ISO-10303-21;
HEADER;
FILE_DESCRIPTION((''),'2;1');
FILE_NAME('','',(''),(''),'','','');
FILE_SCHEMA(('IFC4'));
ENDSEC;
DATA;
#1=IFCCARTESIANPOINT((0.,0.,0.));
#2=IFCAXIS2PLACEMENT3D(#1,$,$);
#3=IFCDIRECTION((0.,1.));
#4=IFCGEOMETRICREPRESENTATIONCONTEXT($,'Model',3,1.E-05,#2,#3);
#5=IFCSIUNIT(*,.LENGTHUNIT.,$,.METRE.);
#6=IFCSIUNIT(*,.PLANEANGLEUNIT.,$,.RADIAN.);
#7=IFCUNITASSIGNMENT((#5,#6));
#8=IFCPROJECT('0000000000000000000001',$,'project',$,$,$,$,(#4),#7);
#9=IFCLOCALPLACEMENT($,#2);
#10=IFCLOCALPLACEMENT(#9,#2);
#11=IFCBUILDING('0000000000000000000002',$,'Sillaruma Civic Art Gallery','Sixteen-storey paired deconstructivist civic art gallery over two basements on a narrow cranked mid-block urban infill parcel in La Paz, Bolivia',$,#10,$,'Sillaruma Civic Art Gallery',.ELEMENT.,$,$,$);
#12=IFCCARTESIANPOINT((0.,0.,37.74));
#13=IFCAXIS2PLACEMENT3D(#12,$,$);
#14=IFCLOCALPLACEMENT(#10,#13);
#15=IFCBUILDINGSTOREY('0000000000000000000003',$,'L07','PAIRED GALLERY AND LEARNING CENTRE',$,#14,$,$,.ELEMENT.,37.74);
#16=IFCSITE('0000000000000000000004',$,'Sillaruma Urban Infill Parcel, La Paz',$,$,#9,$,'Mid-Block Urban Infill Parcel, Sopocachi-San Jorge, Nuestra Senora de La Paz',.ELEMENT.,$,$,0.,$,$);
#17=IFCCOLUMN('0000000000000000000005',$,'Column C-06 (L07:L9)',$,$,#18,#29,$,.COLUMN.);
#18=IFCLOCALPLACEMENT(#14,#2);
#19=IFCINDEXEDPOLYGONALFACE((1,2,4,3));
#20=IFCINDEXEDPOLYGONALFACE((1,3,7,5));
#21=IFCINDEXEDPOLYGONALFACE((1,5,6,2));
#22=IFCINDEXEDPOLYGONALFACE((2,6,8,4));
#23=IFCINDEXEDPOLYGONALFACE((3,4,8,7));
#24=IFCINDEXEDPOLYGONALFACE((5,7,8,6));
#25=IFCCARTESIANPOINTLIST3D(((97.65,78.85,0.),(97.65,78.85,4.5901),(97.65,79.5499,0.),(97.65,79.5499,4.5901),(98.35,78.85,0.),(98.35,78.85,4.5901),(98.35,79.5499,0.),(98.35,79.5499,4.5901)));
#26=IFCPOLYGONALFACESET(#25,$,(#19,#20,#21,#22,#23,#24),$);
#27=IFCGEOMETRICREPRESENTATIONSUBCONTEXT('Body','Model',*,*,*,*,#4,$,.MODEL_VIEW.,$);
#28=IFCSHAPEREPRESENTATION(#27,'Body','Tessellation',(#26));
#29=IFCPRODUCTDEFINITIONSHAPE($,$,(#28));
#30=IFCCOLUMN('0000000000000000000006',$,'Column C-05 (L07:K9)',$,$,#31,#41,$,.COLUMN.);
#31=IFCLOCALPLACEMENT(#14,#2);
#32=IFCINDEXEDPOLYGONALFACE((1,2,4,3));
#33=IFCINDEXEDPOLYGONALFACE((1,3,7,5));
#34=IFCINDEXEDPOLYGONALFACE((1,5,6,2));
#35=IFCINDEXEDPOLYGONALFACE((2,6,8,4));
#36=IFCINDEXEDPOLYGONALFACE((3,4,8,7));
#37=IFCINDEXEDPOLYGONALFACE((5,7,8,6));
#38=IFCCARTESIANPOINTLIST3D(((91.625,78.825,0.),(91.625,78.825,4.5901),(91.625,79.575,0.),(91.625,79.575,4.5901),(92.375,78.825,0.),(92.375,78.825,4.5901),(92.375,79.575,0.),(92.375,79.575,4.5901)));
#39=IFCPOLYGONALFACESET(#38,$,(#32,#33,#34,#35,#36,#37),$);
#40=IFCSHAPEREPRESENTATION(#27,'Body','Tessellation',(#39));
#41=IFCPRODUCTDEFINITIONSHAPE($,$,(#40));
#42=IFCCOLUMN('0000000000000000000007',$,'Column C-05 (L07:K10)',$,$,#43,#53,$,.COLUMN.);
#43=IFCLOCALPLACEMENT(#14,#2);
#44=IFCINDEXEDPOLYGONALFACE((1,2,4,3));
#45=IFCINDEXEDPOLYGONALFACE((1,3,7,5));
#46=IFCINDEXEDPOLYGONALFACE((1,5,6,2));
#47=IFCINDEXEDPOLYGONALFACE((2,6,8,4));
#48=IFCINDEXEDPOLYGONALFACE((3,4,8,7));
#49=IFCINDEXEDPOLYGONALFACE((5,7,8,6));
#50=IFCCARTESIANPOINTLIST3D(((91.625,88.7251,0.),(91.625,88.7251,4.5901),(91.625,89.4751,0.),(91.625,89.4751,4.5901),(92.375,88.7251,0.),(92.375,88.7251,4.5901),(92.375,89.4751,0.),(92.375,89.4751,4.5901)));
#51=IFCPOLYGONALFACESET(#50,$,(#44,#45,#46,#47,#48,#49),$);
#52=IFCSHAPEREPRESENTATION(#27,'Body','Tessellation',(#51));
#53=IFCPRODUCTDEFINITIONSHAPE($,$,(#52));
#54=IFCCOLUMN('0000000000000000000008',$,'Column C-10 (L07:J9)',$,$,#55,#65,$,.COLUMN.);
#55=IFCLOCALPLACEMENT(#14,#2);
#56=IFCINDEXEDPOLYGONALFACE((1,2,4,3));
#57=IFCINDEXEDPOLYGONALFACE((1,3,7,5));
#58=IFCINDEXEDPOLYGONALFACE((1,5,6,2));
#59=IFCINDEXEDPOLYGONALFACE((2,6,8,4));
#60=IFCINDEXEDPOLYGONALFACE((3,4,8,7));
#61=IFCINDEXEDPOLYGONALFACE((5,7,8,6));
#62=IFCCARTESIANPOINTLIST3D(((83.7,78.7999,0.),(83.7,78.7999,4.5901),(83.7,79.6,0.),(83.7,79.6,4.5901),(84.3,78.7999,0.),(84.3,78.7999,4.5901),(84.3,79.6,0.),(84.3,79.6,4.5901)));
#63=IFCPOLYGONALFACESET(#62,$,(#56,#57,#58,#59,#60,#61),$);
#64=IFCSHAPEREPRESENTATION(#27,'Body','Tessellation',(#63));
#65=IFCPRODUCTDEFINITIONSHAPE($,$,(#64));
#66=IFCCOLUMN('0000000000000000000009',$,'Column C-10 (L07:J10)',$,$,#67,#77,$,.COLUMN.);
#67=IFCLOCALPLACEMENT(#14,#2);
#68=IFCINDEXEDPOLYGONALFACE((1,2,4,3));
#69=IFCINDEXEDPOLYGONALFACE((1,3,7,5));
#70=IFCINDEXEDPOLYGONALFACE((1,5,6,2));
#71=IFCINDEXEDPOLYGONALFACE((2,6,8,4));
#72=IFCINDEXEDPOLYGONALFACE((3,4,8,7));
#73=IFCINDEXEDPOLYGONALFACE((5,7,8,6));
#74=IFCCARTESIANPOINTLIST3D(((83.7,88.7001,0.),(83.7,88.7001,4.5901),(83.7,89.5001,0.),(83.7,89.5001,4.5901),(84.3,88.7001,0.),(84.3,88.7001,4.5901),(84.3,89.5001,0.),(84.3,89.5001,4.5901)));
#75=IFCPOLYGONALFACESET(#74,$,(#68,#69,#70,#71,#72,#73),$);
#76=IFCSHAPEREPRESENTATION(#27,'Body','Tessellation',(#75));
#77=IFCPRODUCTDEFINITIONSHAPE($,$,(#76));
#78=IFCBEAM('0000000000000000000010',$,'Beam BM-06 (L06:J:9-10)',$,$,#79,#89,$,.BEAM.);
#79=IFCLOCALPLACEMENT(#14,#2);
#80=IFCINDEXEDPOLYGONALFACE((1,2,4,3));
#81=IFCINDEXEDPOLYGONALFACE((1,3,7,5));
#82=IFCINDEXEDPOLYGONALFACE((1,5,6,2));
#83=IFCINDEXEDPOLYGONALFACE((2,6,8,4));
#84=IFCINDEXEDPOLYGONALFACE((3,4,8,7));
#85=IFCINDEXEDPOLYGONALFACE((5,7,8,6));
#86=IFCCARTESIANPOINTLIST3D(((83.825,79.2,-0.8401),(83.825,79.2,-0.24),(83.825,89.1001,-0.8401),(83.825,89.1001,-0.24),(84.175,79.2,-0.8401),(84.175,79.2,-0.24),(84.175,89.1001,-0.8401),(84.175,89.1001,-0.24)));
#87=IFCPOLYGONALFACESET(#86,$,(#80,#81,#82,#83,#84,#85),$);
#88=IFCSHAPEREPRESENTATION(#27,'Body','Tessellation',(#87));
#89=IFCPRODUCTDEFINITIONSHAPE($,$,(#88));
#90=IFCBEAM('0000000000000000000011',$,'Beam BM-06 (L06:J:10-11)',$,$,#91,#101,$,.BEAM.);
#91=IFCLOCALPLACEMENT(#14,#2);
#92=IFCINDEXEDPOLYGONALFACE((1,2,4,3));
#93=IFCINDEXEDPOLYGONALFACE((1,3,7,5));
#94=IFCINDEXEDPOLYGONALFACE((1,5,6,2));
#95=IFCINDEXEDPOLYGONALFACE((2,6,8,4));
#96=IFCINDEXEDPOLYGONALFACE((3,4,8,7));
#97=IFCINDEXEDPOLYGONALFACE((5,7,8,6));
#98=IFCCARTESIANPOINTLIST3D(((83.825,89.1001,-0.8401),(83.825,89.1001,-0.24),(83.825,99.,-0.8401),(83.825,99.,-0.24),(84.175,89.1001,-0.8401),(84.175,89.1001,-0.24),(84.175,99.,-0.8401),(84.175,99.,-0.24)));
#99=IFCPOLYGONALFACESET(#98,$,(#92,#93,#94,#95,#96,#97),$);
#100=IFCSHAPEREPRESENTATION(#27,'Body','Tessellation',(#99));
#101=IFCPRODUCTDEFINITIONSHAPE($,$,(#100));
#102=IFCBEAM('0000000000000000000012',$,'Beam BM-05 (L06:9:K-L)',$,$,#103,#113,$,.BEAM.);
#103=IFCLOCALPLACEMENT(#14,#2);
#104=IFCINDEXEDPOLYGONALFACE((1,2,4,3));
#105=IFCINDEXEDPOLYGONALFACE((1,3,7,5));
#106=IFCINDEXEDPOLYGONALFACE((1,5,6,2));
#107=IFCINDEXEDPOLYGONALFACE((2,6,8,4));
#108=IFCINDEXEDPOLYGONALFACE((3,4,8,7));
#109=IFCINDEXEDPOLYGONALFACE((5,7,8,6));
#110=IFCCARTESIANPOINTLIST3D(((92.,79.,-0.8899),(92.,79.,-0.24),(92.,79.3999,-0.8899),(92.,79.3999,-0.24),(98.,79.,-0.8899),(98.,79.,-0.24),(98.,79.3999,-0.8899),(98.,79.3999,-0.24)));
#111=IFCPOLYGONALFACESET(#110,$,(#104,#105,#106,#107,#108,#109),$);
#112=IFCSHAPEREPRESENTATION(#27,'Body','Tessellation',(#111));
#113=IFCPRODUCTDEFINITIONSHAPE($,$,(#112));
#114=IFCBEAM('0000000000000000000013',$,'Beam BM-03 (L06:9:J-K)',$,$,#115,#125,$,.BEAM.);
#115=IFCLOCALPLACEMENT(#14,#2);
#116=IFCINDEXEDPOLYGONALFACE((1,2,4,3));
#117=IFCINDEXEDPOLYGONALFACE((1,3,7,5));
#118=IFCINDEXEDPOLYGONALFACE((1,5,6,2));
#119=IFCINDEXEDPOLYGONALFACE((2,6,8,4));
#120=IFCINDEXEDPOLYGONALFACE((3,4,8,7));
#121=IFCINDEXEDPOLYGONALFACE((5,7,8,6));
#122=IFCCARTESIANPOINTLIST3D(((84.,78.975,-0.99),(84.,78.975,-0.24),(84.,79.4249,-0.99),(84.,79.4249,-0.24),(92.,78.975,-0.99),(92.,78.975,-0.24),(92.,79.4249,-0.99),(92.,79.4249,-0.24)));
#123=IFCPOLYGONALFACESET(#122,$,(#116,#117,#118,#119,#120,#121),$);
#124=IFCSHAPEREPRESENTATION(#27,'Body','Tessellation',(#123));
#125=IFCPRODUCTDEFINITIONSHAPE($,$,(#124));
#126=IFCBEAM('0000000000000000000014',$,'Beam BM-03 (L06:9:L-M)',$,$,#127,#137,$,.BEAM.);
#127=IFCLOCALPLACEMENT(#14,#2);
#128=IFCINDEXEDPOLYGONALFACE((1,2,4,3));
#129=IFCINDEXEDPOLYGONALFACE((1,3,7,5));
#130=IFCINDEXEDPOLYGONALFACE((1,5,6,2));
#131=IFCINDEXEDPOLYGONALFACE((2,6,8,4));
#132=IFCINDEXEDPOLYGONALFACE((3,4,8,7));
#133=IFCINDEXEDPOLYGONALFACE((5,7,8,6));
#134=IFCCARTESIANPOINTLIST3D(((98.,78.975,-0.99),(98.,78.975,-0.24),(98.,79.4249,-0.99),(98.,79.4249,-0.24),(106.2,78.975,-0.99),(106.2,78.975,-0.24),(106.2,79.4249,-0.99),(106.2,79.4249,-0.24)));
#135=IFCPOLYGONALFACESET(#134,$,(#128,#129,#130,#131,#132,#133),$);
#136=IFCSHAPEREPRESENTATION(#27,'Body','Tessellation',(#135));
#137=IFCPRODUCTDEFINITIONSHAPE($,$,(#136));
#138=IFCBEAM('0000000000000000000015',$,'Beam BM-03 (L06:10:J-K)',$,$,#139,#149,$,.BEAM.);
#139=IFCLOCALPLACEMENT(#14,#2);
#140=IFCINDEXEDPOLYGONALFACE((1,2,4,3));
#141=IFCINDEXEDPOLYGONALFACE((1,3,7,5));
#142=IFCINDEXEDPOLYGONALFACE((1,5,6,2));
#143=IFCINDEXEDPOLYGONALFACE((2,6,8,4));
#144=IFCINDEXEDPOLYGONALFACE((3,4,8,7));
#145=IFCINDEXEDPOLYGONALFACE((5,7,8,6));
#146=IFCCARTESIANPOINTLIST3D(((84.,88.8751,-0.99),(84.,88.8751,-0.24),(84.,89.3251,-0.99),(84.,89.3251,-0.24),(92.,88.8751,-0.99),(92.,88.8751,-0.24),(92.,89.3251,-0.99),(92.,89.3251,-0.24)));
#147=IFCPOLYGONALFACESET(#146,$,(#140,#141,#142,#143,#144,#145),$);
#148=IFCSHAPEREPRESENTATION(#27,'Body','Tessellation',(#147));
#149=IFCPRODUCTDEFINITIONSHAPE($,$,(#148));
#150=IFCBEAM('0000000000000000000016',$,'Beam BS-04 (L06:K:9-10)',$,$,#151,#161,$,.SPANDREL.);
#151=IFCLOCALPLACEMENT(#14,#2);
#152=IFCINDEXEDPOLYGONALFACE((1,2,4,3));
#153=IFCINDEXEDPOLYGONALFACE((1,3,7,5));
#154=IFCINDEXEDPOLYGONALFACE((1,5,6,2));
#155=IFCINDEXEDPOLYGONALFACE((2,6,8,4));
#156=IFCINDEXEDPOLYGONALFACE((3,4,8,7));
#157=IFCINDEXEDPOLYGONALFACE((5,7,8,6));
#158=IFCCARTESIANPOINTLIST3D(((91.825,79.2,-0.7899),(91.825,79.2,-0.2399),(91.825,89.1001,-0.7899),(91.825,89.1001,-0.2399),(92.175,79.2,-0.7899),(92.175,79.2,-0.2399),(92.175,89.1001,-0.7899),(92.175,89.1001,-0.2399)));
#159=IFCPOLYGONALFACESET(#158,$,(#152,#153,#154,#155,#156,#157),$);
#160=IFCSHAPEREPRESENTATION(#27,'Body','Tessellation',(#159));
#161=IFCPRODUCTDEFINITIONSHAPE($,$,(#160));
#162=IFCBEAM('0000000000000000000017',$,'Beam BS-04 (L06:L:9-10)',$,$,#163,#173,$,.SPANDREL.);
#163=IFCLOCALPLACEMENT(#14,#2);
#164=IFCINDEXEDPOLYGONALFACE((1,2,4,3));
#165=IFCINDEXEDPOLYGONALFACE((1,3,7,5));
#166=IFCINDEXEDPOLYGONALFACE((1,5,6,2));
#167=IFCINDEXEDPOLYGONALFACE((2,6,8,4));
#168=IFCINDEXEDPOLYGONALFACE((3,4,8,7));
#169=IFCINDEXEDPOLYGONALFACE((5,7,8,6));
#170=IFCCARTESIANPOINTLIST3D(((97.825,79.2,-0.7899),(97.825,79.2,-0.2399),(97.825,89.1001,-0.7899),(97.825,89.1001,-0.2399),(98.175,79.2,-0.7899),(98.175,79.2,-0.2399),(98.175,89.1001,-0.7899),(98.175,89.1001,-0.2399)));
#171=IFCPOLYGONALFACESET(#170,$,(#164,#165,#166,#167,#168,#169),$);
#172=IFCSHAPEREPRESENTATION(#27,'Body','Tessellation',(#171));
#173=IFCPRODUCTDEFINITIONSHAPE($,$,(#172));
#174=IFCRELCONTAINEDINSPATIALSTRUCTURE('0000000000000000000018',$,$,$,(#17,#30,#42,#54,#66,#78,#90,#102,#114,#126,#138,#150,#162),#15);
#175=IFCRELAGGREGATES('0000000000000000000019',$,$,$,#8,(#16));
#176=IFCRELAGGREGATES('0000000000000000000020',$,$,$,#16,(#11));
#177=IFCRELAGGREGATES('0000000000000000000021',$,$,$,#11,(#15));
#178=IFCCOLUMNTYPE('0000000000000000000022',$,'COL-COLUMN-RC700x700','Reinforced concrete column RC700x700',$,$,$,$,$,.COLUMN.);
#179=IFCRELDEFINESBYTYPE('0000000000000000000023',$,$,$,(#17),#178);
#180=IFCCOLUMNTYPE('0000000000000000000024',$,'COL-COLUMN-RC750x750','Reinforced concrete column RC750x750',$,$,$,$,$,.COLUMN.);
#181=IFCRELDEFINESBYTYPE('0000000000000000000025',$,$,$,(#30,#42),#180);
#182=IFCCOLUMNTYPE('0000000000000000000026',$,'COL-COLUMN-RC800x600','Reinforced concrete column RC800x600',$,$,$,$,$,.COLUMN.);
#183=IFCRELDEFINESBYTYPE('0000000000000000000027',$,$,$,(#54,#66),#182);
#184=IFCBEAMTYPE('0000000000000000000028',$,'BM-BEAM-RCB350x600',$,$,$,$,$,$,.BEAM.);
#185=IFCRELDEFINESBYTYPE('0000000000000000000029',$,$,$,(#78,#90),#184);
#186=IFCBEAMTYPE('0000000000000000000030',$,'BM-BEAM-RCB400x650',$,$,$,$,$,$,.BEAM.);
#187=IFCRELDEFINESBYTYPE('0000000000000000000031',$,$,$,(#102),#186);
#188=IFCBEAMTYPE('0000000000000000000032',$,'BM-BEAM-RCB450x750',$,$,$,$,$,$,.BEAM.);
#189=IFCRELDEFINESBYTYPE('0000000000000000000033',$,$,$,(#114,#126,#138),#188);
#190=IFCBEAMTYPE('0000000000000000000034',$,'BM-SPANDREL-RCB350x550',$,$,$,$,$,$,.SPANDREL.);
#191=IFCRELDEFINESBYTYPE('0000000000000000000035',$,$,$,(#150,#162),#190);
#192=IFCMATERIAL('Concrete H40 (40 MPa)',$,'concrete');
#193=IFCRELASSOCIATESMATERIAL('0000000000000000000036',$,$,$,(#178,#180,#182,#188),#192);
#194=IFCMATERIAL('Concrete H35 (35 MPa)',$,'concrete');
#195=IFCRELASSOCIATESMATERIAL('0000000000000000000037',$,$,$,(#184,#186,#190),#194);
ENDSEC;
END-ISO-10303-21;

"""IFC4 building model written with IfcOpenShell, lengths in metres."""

from ifc_helpers import new_model, si_unit, direction, frame, origin, origin_2d, place, context, subcontext, project, spatial, rectangle, extrude, material, material_profile, profile_set, type_object, element, save


model = new_model("IFC4")

# Units and contexts
model_context = context("Model", 3, precision=1e-05, world=origin(), true_north=direction((0.0, 1.0)))
body_context = subcontext(model_context, "Body", "Model", "MODEL_VIEW")
ifc_project = project(units=[si_unit("LENGTHUNIT", "METRE"), si_unit("PLANEANGLEUNIT", "RADIAN")], contexts=[model_context])

# Site, building, storey
site_placement = place(None, origin())
site = spatial("IfcSite", under=ifc_project, at=site_placement, Name="Sillaruma Urban Infill Parcel, La Paz", LongName="Mid-Block Urban Infill Parcel, Sopocachi-San Jorge, Nuestra Senora de La Paz", CompositionType="ELEMENT", RefElevation=0.0)
building_placement = place(site_placement, origin())
building = spatial("IfcBuilding", under=site, at=building_placement, Name="Sillaruma Civic Art Gallery", Description="Sixteen-storey paired deconstructivist civic art gallery over two basements on a narrow cranked mid-block urban infill parcel in La Paz, Bolivia", LongName="Sillaruma Civic Art Gallery", CompositionType="ELEMENT")
storey_placement = place(building_placement, frame((0.0, 0.0, 37.74)))
storey = spatial("IfcBuildingStorey", under=building, at=storey_placement, Name="L07", Description="PAIRED GALLERY AND LEARNING CENTRE", CompositionType="ELEMENT", Elevation=37.74)

# Columns
ifc_material_1 = material(Name="Concrete H40 (40 MPa)", Category="concrete")
ifc_material_profile_1 = material_profile(ifc_material_1, rectangle(XDim=0.7, YDim=0.7, at=origin_2d()), Name="RC700x700")
ifc_profile_set_1 = profile_set([ifc_material_profile_1], Name="Concrete H40 (40 MPa)")
column_type_1 = type_object("IfcColumnType", Name="COL-COLUMN-RC700x700", Description="Reinforced concrete column RC700x700", PredefinedType="COLUMN", material=ifc_profile_set_1)
column_placement = place(storey_placement, frame((98.0, 79.2, 0.0), z_axis=(0.0, 0.0, 1.0), x_axis=(1.0, 0.0, 0.0)))
element("IfcColumn", 1, at=column_placement, inside=storey, type_object=column_type_1, Name="Column C-06 (L07:L9)", PredefinedType="COLUMN", context=body_context, shape_type="SweptSolid", body=[
    extrude(rectangle(XDim=0.7, YDim=0.7, at=origin_2d()), origin(), (0.0, 0.0, 1.0), 4.5901),
])
ifc_material_profile_2 = material_profile(ifc_material_1, rectangle(XDim=0.75, YDim=0.75, at=origin_2d()), Name="RC750x750")
ifc_profile_set_2 = profile_set([ifc_material_profile_2], Name="Concrete H40 (40 MPa)")
column_type_2 = type_object("IfcColumnType", Name="COL-COLUMN-RC750x750", Description="Reinforced concrete column RC750x750", PredefinedType="COLUMN", material=ifc_profile_set_2)
for number, where, z_axis, x_axis, name in (
    (2, (92.0, 79.2, 0.0), (0.0, 0.0, 1.0), (1.0, 0.0, 0.0), "Column C-05 (L07:K9)"),
    (3, (92.0, 89.1001, 0.0), (0.0, 0.0, 1.0), (1.0, 0.0, 0.0), "Column C-05 (L07:K10)"),
):
    element("IfcColumn", number, at=place(storey_placement, frame(where, z_axis=z_axis, x_axis=x_axis)), inside=storey, type_object=column_type_2, Name=name, PredefinedType="COLUMN", context=body_context, shape_type="SweptSolid", body=[
        extrude(rectangle(XDim=0.75, YDim=0.75, at=origin_2d()), origin(), (0.0, 0.0, 1.0), 4.5901),
    ])
ifc_material_profile_3 = material_profile(ifc_material_1, rectangle(XDim=0.6001, YDim=0.8, at=origin_2d()), Name="RC800x600")
ifc_profile_set_3 = profile_set([ifc_material_profile_3], Name="Concrete H40 (40 MPa)")
column_type_3 = type_object("IfcColumnType", Name="COL-COLUMN-RC800x600", Description="Reinforced concrete column RC800x600", PredefinedType="COLUMN", material=ifc_profile_set_3)
for number, where, z_axis, x_axis, name in (
    (4, (84.0, 79.2, 0.0), (0.0, 0.0, 1.0), (1.0, 0.0, 0.0), "Column C-10 (L07:J9)"),
    (5, (84.0, 89.1001, 0.0), (0.0, 0.0, 1.0), (1.0, 0.0, 0.0), "Column C-10 (L07:J10)"),
):
    element("IfcColumn", number, at=place(storey_placement, frame(where, z_axis=z_axis, x_axis=x_axis)), inside=storey, type_object=column_type_3, Name=name, PredefinedType="COLUMN", context=body_context, shape_type="SweptSolid", body=[
        extrude(rectangle(XDim=0.6001, YDim=0.8, at=origin_2d()), origin(), (0.0, 0.0, 1.0), 4.5901),
    ])

# Beams
ifc_material_2 = material(Name="Concrete H35 (35 MPa)", Category="concrete")
ifc_material_profile_4 = material_profile(ifc_material_2, rectangle(XDim=0.3501, YDim=0.6001, at=origin_2d()), Name="RCB350x600")
ifc_profile_set_4 = profile_set([ifc_material_profile_4], Name="Concrete H35 (35 MPa)")
beam_type_1 = type_object("IfcBeamType", Name="BM-BEAM-RCB350x600", PredefinedType="BEAM", material=ifc_profile_set_4)
beam_1_placement = place(storey_placement, frame((84.0, 79.2, -0.54), z_axis=(0.0, 1.0, 0.0), x_axis=(-1.0, 0.0, 0.0)))
element("IfcBeam", 6, at=beam_1_placement, inside=storey, type_object=beam_type_1, Name="Beam BM-06 (L06:J:9-10)", PredefinedType="BEAM", context=body_context, shape_type="SweptSolid", body=[
    extrude(rectangle(XDim=0.3501, YDim=0.6001, at=origin_2d()), origin(), (0.0, 0.0, 1.0), 9.9001),
])
beam_2_placement = place(storey_placement, frame((84.0, 89.1001, -0.54), z_axis=(0.0, 1.0, 0.0), x_axis=(-1.0, 0.0, 0.0)))
element("IfcBeam", 7, at=beam_2_placement, inside=storey, type_object=beam_type_1, Name="Beam BM-06 (L06:J:10-11)", PredefinedType="BEAM", context=body_context, shape_type="SweptSolid", body=[
    extrude(rectangle(XDim=0.3501, YDim=0.6001, at=origin_2d()), origin(), (0.0, 0.0, 1.0), 9.8999),
])
ifc_material_profile_5 = material_profile(ifc_material_2, rectangle(XDim=0.3999, YDim=0.6499, at=origin_2d()), Name="RCB400x650")
ifc_profile_set_5 = profile_set([ifc_material_profile_5], Name="Concrete H35 (35 MPa)")
beam_type_2 = type_object("IfcBeamType", Name="BM-BEAM-RCB400x650", PredefinedType="BEAM", material=ifc_profile_set_5)
beam_3_placement = place(storey_placement, frame((92.0, 79.2, -0.5649), z_axis=(1.0, 0.0, 0.0), x_axis=(0.0, 1.0, 0.0)))
element("IfcBeam", 8, at=beam_3_placement, inside=storey, type_object=beam_type_2, Name="Beam BM-05 (L06:9:K-L)", PredefinedType="BEAM", context=body_context, shape_type="SweptSolid", body=[
    extrude(rectangle(XDim=0.3999, YDim=0.6499, at=origin_2d()), origin(), (0.0, 0.0, 1.0), 6.0),
])
ifc_material_profile_6 = material_profile(ifc_material_1, rectangle(XDim=0.45, YDim=0.75, at=origin_2d()), Name="RCB450x750")
ifc_profile_set_6 = profile_set([ifc_material_profile_6], Name="Concrete H40 (40 MPa)")
beam_type_3 = type_object("IfcBeamType", Name="BM-BEAM-RCB450x750", PredefinedType="BEAM", material=ifc_profile_set_6)
beam_4_placement = place(storey_placement, frame((84.0, 79.2, -0.615), z_axis=(1.0, 0.0, 0.0), x_axis=(0.0, 1.0, 0.0)))
element("IfcBeam", 9, at=beam_4_placement, inside=storey, type_object=beam_type_3, Name="Beam BM-03 (L06:9:J-K)", PredefinedType="BEAM", context=body_context, shape_type="SweptSolid", body=[
    extrude(rectangle(XDim=0.45, YDim=0.75, at=origin_2d()), origin(), (0.0, 0.0, 1.0), 8.0),
])
beam_5_placement = place(storey_placement, frame((98.0, 79.2, -0.615), z_axis=(1.0, 0.0, 0.0), x_axis=(0.0, 1.0, 0.0)))
element("IfcBeam", 10, at=beam_5_placement, inside=storey, type_object=beam_type_3, Name="Beam BM-03 (L06:9:L-M)", PredefinedType="BEAM", context=body_context, shape_type="SweptSolid", body=[
    extrude(rectangle(XDim=0.45, YDim=0.75, at=origin_2d()), origin(), (0.0, 0.0, 1.0), 8.2),
])
beam_6_placement = place(storey_placement, frame((84.0, 89.1001, -0.615), z_axis=(1.0, 0.0, 0.0), x_axis=(0.0, 1.0, 0.0)))
element("IfcBeam", 11, at=beam_6_placement, inside=storey, type_object=beam_type_3, Name="Beam BM-03 (L06:10:J-K)", PredefinedType="BEAM", context=body_context, shape_type="SweptSolid", body=[
    extrude(rectangle(XDim=0.45, YDim=0.75, at=origin_2d()), origin(), (0.0, 0.0, 1.0), 8.0),
])
ifc_material_profile_7 = material_profile(ifc_material_2, rectangle(XDim=0.3501, YDim=0.55, at=origin_2d()), Name="RCB350x550")
ifc_profile_set_7 = profile_set([ifc_material_profile_7], Name="Concrete H35 (35 MPa)")
beam_type_4 = type_object("IfcBeamType", Name="BM-SPANDREL-RCB350x550", PredefinedType="SPANDREL", material=ifc_profile_set_7)
for number, where, z_axis, x_axis, name in (
    (12, (92.0, 79.2, -0.5149), (0.0, 1.0, 0.0), (-1.0, 0.0, 0.0), "Beam BS-04 (L06:K:9-10)"),
    (13, (98.0, 79.2, -0.5149), (0.0, 1.0, 0.0), (-1.0, 0.0, 0.0), "Beam BS-04 (L06:L:9-10)"),
):
    element("IfcBeam", number, at=place(storey_placement, frame(where, z_axis=z_axis, x_axis=x_axis)), inside=storey, type_object=beam_type_4, Name=name, PredefinedType="SPANDREL", context=body_context, shape_type="SweptSolid", body=[
        extrude(rectangle(XDim=0.3501, YDim=0.55, at=origin_2d()), origin(), (0.0, 0.0, 1.0), 9.9001),
    ])

save(model, "model.ifc")
